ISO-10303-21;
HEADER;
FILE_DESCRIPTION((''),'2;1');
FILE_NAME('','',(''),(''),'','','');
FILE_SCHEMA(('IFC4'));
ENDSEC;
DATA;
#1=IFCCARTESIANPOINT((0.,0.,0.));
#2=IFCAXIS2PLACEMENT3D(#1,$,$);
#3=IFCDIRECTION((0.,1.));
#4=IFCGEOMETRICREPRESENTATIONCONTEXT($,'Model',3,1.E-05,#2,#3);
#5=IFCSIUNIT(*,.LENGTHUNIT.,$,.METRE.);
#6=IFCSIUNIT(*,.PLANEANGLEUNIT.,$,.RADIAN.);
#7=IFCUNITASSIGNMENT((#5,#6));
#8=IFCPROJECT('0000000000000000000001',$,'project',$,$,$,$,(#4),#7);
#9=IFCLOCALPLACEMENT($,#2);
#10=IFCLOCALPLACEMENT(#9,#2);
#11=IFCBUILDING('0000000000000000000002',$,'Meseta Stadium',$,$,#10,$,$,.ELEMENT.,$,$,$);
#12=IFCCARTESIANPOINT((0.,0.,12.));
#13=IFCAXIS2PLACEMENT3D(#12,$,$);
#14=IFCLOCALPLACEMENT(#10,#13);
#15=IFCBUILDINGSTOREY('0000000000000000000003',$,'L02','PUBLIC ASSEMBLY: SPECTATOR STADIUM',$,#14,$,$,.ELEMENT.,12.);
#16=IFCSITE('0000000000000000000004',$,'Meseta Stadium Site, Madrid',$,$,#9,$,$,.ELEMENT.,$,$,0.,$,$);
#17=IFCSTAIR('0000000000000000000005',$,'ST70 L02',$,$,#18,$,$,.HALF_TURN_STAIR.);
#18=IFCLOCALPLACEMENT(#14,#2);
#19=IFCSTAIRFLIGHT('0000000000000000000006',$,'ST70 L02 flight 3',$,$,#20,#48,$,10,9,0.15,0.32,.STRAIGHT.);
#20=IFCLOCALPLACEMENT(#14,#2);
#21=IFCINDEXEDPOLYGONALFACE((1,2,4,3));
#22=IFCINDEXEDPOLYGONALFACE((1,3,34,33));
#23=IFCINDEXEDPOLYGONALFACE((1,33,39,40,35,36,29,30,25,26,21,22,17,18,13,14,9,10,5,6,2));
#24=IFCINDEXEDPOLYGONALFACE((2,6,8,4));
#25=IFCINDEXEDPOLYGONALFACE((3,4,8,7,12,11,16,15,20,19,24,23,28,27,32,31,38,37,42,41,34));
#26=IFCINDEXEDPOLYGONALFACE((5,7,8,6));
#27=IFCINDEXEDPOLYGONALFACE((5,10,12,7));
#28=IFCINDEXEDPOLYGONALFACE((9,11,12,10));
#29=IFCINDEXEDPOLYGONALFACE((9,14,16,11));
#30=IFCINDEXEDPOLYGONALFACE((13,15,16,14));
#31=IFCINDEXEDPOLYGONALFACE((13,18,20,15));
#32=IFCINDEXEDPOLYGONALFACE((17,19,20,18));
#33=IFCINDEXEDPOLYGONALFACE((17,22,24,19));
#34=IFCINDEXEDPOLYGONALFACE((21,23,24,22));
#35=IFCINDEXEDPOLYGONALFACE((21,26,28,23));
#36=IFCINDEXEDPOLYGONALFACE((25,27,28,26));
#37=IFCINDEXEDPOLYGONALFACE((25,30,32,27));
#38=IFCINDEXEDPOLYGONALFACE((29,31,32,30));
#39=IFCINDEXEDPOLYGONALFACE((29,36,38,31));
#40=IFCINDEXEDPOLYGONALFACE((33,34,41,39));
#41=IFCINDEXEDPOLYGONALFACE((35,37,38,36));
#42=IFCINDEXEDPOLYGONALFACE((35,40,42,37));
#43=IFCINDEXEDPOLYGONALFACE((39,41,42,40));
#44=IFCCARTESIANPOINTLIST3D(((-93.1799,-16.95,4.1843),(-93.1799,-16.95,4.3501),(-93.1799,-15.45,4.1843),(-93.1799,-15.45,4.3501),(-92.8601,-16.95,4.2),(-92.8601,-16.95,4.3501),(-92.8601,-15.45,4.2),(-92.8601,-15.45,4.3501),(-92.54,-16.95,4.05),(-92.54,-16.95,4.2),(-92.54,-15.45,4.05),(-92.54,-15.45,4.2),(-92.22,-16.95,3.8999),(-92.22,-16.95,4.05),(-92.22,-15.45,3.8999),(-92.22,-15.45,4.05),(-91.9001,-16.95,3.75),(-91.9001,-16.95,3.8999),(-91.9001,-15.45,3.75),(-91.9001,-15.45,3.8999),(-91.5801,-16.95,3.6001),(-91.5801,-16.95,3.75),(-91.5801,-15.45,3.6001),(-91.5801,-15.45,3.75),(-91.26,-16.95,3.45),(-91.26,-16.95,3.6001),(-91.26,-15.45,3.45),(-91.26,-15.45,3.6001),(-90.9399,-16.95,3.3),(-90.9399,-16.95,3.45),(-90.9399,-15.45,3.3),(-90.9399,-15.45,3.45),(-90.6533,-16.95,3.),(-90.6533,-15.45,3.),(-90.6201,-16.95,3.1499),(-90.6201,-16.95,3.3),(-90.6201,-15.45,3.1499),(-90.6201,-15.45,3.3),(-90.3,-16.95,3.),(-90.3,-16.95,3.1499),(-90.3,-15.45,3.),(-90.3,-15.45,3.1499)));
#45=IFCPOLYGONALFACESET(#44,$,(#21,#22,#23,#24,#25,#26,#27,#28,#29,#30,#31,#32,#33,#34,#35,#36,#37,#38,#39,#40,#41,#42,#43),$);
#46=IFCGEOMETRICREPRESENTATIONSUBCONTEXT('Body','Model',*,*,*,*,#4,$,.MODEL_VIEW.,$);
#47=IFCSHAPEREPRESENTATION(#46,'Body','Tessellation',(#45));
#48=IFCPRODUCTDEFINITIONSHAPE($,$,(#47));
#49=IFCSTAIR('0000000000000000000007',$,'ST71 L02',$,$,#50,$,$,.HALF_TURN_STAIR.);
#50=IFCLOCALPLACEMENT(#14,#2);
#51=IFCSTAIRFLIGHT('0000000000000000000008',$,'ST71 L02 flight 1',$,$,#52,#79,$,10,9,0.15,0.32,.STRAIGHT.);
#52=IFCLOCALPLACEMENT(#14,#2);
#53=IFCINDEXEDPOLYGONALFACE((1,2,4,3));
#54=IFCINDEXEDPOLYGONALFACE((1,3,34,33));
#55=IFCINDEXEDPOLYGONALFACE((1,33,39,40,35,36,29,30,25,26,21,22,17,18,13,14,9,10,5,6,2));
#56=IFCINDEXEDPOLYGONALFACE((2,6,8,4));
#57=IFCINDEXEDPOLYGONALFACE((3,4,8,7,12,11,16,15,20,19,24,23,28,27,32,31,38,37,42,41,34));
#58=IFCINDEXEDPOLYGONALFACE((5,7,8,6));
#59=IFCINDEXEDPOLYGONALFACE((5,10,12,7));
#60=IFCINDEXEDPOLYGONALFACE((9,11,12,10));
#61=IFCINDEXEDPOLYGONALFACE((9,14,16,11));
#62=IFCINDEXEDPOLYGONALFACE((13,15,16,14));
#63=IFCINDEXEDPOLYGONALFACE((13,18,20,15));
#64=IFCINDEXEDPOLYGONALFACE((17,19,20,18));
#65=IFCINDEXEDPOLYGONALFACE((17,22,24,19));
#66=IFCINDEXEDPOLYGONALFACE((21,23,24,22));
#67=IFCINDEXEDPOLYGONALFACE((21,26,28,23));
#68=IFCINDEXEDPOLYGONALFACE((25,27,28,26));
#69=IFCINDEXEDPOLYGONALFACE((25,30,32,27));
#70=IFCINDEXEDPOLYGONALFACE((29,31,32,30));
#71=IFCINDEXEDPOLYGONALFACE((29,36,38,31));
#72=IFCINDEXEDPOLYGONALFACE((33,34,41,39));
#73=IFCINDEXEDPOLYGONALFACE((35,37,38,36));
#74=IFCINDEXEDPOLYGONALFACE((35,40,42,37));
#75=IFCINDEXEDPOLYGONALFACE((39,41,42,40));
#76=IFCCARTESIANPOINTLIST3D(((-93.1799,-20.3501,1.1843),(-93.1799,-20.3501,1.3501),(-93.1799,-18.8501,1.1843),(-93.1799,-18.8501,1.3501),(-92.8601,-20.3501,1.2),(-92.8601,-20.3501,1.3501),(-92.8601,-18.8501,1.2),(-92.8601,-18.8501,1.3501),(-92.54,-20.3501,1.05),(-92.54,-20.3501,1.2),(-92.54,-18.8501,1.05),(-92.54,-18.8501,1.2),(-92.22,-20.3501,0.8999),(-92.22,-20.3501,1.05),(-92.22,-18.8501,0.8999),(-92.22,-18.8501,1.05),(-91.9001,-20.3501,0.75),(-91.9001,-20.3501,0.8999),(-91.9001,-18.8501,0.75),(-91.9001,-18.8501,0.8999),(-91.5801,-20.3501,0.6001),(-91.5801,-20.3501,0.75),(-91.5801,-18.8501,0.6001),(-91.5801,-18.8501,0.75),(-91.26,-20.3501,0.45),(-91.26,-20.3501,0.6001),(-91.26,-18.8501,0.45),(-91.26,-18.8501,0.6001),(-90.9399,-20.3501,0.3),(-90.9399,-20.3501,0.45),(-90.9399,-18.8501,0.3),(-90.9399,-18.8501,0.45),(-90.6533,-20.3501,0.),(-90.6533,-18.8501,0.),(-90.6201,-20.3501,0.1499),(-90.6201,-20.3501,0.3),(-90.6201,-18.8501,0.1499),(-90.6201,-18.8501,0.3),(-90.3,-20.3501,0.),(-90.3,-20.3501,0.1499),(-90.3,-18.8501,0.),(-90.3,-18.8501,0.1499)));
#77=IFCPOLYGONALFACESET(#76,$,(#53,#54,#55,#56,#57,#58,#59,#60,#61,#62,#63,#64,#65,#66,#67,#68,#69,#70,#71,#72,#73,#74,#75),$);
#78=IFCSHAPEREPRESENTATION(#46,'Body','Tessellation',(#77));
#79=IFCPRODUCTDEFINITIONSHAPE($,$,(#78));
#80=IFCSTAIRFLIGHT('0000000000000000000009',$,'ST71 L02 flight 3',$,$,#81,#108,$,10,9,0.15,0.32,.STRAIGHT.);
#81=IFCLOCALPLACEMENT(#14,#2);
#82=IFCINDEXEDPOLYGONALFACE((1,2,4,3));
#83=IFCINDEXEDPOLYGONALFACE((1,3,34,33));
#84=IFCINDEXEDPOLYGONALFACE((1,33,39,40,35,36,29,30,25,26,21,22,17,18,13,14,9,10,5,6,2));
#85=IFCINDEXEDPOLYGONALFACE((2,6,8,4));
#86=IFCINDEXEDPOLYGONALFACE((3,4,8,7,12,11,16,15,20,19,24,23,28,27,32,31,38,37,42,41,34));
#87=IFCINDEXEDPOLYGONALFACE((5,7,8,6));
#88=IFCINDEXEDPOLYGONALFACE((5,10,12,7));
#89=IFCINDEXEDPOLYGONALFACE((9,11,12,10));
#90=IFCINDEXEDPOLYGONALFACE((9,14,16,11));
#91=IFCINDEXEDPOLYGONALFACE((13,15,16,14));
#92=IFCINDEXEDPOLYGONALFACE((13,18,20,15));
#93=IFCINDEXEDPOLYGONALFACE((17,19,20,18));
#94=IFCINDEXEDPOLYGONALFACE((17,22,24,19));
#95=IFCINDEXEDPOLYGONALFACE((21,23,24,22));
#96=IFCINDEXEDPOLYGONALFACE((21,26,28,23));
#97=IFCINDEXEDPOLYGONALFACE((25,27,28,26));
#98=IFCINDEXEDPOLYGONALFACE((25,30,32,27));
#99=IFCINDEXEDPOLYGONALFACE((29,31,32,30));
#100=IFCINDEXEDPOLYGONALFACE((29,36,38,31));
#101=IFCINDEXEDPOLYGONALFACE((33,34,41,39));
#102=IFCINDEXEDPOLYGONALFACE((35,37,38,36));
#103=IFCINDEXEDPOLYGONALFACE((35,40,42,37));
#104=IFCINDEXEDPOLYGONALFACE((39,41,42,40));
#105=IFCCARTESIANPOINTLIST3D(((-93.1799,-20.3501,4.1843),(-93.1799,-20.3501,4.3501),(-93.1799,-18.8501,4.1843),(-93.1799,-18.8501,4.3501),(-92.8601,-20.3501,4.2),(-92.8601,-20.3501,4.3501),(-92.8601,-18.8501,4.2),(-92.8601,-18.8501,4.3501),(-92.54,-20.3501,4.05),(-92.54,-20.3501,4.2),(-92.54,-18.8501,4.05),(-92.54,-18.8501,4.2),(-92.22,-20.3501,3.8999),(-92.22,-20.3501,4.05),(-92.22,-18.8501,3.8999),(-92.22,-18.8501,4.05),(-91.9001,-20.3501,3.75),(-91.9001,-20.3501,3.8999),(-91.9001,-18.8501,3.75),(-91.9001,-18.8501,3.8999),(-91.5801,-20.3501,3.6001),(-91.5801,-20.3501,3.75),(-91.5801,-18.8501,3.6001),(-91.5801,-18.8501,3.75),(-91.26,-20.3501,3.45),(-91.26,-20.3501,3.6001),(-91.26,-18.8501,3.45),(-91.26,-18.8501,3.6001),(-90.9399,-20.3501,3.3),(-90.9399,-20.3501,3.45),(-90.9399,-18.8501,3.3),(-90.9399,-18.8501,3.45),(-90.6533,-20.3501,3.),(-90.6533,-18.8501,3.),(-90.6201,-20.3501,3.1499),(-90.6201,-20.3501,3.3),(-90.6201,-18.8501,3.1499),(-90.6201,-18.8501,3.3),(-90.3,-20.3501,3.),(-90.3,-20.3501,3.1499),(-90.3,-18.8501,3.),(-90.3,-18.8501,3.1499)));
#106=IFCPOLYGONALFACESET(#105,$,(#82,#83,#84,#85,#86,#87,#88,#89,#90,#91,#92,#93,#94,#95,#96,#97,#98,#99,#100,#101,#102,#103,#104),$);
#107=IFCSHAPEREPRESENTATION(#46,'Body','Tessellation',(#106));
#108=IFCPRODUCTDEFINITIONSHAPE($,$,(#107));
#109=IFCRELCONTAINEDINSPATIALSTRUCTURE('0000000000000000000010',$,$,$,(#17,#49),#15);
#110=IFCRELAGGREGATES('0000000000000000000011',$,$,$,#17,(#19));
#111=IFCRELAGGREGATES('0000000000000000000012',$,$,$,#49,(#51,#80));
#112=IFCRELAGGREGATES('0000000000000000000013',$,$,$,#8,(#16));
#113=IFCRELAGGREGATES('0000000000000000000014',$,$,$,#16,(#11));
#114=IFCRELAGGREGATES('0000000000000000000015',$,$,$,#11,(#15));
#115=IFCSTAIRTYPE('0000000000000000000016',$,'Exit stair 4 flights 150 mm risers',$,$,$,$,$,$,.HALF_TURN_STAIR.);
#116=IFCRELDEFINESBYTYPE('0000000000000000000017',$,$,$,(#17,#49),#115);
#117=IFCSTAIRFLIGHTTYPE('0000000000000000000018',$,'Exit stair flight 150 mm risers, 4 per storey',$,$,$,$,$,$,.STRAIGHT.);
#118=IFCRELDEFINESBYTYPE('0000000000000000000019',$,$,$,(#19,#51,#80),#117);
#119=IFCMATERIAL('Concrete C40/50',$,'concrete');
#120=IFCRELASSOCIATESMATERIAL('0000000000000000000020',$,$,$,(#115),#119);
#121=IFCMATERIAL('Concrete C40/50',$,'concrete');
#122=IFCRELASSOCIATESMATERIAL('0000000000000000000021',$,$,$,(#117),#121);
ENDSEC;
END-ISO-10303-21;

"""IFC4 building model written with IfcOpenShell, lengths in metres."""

from ifc_helpers import new_model, si_unit, direction, frame, origin, place, context, subcontext, project, spatial, polyline, outline, extrude, material, type_object, element, aggregate, save


model = new_model("IFC4")

# Units and contexts
model_context = context("Model", 3, precision=1e-05, world=origin(), true_north=direction((0.0, 1.0)))
body_context = subcontext(model_context, "Body", "Model", "MODEL_VIEW")
ifc_project = project(units=[si_unit("LENGTHUNIT", "METRE"), si_unit("PLANEANGLEUNIT", "RADIAN")], contexts=[model_context])

# Site, building, storey
site_placement = place(None, origin())
site = spatial("IfcSite", under=ifc_project, at=site_placement, Name="Meseta Stadium Site, Madrid", CompositionType="ELEMENT", RefElevation=0.0)
building_placement = place(site_placement, origin())
building = spatial("IfcBuilding", under=site, at=building_placement, Name="Meseta Stadium", CompositionType="ELEMENT")
storey_placement = place(building_placement, frame((0.0, 0.0, 12.0)))
storey = spatial("IfcBuildingStorey", under=building, at=storey_placement, Name="L02", Description="PUBLIC ASSEMBLY: SPECTATOR STADIUM", CompositionType="ELEMENT", Elevation=12.0)

# Stairs, stair flights
ifc_material_1 = material(Name="Concrete C40/50", Category="concrete")
stair_type = type_object("IfcStairType", Name="Exit stair 4 flights 150 mm risers", PredefinedType="HALF_TURN_STAIR", material=ifc_material_1)
stair_1_placement = place(storey_placement, origin())
stair_1 = element("IfcStair", 1, at=stair_1_placement, inside=storey, type_object=stair_type, Name="ST70 L02", PredefinedType="HALF_TURN_STAIR")
ifc_material_2 = material(Name="Concrete C40/50", Category="concrete")
stair_flight_type = type_object("IfcStairFlightType", Name="Exit stair flight 150 mm risers, 4 per storey", PredefinedType="STRAIGHT", material=ifc_material_2)
stair_flight_1_placement = place(storey_placement, frame((-90.3, -16.2, 3.0), z_axis=(0.0, 0.0, 1.0), x_axis=(-1.0, 0.0, 0.0)))
stair_flight_1 = element("IfcStairFlight", 2, at=stair_flight_1_placement, type_object=stair_flight_type, Name="ST70 L02 flight 3", NumberOfRisers=10, NumberOfTreads=9, PredefinedType="STRAIGHT", RiserHeight=0.15, TreadLength=0.32, context=body_context, shape_type="SweptSolid", body=[
    extrude(outline(polyline([(0.0, 0.0), (0.0, 0.1499), (0.3201, 0.1499), (0.3201, 0.3), (0.6399, 0.3), (0.6399, 0.45), (0.96, 0.45), (0.96, 0.6001), (1.28, 0.6001), (1.28, 0.75), (1.6001, 0.75), (1.6001, 0.8999), (1.9199, 0.8999), (1.9199, 1.05), (2.24, 1.05), (2.24, 1.2), (2.5601, 1.2), (2.5601, 1.3501), (2.8799, 1.3501), (2.8799, 1.1843), (0.3533, 0.0), (0.0, 0.0)])), frame((0.0, 0.75, 0.0), z_axis=(0.0, -1.0, 0.0), x_axis=(1.0, 0.0, 0.0)), (0.0, 0.0, 1.0), 1.5),
])
aggregate(stair_1, [stair_flight_1])
stair_2_placement = place(storey_placement, origin())
stair_2 = element("IfcStair", 3, at=stair_2_placement, inside=storey, type_object=stair_type, Name="ST71 L02", PredefinedType="HALF_TURN_STAIR")
stair_flight_2_placement = place(storey_placement, frame((-90.3, -19.6001, 0.0), z_axis=(0.0, 0.0, 1.0), x_axis=(-1.0, 0.0, 0.0)))
stair_flight_2 = element("IfcStairFlight", 4, at=stair_flight_2_placement, type_object=stair_flight_type, Name="ST71 L02 flight 1", NumberOfRisers=10, NumberOfTreads=9, PredefinedType="STRAIGHT", RiserHeight=0.15, TreadLength=0.32, context=body_context, shape_type="SweptSolid", body=[
    extrude(outline(polyline([(0.0, 0.0), (0.0, 0.1499), (0.3201, 0.1499), (0.3201, 0.3), (0.6399, 0.3), (0.6399, 0.45), (0.96, 0.45), (0.96, 0.6001), (1.28, 0.6001), (1.28, 0.75), (1.6001, 0.75), (1.6001, 0.8999), (1.9199, 0.8999), (1.9199, 1.05), (2.24, 1.05), (2.24, 1.2), (2.5601, 1.2), (2.5601, 1.3501), (2.8799, 1.3501), (2.8799, 1.1843), (0.3533, 0.0), (0.0, 0.0)])), frame((0.0, 0.75, 0.0), z_axis=(0.0, -1.0, 0.0), x_axis=(1.0, 0.0, 0.0)), (0.0, 0.0, 1.0), 1.5),
])
stair_flight_3_placement = place(storey_placement, frame((-90.3, -19.6001, 3.0), z_axis=(0.0, 0.0, 1.0), x_axis=(-1.0, 0.0, 0.0)))
stair_flight_3 = element("IfcStairFlight", 5, at=stair_flight_3_placement, type_object=stair_flight_type, Name="ST71 L02 flight 3", NumberOfRisers=10, NumberOfTreads=9, PredefinedType="STRAIGHT", RiserHeight=0.15, TreadLength=0.32, context=body_context, shape_type="SweptSolid", body=[
    extrude(outline(polyline([(0.0, 0.0), (0.0, 0.1499), (0.3201, 0.1499), (0.3201, 0.3), (0.6399, 0.3), (0.6399, 0.45), (0.96, 0.45), (0.96, 0.6001), (1.28, 0.6001), (1.28, 0.75), (1.6001, 0.75), (1.6001, 0.8999), (1.9199, 0.8999), (1.9199, 1.05), (2.24, 1.05), (2.24, 1.2), (2.5601, 1.2), (2.5601, 1.3501), (2.8799, 1.3501), (2.8799, 1.1843), (0.3533, 0.0), (0.0, 0.0)])), frame((0.0, 0.75, 0.0), z_axis=(0.0, -1.0, 0.0), x_axis=(1.0, 0.0, 0.0)), (0.0, 0.0, 1.0), 1.5),
])
aggregate(stair_2, [stair_flight_2, stair_flight_3])

save(model, "model.ifc")
